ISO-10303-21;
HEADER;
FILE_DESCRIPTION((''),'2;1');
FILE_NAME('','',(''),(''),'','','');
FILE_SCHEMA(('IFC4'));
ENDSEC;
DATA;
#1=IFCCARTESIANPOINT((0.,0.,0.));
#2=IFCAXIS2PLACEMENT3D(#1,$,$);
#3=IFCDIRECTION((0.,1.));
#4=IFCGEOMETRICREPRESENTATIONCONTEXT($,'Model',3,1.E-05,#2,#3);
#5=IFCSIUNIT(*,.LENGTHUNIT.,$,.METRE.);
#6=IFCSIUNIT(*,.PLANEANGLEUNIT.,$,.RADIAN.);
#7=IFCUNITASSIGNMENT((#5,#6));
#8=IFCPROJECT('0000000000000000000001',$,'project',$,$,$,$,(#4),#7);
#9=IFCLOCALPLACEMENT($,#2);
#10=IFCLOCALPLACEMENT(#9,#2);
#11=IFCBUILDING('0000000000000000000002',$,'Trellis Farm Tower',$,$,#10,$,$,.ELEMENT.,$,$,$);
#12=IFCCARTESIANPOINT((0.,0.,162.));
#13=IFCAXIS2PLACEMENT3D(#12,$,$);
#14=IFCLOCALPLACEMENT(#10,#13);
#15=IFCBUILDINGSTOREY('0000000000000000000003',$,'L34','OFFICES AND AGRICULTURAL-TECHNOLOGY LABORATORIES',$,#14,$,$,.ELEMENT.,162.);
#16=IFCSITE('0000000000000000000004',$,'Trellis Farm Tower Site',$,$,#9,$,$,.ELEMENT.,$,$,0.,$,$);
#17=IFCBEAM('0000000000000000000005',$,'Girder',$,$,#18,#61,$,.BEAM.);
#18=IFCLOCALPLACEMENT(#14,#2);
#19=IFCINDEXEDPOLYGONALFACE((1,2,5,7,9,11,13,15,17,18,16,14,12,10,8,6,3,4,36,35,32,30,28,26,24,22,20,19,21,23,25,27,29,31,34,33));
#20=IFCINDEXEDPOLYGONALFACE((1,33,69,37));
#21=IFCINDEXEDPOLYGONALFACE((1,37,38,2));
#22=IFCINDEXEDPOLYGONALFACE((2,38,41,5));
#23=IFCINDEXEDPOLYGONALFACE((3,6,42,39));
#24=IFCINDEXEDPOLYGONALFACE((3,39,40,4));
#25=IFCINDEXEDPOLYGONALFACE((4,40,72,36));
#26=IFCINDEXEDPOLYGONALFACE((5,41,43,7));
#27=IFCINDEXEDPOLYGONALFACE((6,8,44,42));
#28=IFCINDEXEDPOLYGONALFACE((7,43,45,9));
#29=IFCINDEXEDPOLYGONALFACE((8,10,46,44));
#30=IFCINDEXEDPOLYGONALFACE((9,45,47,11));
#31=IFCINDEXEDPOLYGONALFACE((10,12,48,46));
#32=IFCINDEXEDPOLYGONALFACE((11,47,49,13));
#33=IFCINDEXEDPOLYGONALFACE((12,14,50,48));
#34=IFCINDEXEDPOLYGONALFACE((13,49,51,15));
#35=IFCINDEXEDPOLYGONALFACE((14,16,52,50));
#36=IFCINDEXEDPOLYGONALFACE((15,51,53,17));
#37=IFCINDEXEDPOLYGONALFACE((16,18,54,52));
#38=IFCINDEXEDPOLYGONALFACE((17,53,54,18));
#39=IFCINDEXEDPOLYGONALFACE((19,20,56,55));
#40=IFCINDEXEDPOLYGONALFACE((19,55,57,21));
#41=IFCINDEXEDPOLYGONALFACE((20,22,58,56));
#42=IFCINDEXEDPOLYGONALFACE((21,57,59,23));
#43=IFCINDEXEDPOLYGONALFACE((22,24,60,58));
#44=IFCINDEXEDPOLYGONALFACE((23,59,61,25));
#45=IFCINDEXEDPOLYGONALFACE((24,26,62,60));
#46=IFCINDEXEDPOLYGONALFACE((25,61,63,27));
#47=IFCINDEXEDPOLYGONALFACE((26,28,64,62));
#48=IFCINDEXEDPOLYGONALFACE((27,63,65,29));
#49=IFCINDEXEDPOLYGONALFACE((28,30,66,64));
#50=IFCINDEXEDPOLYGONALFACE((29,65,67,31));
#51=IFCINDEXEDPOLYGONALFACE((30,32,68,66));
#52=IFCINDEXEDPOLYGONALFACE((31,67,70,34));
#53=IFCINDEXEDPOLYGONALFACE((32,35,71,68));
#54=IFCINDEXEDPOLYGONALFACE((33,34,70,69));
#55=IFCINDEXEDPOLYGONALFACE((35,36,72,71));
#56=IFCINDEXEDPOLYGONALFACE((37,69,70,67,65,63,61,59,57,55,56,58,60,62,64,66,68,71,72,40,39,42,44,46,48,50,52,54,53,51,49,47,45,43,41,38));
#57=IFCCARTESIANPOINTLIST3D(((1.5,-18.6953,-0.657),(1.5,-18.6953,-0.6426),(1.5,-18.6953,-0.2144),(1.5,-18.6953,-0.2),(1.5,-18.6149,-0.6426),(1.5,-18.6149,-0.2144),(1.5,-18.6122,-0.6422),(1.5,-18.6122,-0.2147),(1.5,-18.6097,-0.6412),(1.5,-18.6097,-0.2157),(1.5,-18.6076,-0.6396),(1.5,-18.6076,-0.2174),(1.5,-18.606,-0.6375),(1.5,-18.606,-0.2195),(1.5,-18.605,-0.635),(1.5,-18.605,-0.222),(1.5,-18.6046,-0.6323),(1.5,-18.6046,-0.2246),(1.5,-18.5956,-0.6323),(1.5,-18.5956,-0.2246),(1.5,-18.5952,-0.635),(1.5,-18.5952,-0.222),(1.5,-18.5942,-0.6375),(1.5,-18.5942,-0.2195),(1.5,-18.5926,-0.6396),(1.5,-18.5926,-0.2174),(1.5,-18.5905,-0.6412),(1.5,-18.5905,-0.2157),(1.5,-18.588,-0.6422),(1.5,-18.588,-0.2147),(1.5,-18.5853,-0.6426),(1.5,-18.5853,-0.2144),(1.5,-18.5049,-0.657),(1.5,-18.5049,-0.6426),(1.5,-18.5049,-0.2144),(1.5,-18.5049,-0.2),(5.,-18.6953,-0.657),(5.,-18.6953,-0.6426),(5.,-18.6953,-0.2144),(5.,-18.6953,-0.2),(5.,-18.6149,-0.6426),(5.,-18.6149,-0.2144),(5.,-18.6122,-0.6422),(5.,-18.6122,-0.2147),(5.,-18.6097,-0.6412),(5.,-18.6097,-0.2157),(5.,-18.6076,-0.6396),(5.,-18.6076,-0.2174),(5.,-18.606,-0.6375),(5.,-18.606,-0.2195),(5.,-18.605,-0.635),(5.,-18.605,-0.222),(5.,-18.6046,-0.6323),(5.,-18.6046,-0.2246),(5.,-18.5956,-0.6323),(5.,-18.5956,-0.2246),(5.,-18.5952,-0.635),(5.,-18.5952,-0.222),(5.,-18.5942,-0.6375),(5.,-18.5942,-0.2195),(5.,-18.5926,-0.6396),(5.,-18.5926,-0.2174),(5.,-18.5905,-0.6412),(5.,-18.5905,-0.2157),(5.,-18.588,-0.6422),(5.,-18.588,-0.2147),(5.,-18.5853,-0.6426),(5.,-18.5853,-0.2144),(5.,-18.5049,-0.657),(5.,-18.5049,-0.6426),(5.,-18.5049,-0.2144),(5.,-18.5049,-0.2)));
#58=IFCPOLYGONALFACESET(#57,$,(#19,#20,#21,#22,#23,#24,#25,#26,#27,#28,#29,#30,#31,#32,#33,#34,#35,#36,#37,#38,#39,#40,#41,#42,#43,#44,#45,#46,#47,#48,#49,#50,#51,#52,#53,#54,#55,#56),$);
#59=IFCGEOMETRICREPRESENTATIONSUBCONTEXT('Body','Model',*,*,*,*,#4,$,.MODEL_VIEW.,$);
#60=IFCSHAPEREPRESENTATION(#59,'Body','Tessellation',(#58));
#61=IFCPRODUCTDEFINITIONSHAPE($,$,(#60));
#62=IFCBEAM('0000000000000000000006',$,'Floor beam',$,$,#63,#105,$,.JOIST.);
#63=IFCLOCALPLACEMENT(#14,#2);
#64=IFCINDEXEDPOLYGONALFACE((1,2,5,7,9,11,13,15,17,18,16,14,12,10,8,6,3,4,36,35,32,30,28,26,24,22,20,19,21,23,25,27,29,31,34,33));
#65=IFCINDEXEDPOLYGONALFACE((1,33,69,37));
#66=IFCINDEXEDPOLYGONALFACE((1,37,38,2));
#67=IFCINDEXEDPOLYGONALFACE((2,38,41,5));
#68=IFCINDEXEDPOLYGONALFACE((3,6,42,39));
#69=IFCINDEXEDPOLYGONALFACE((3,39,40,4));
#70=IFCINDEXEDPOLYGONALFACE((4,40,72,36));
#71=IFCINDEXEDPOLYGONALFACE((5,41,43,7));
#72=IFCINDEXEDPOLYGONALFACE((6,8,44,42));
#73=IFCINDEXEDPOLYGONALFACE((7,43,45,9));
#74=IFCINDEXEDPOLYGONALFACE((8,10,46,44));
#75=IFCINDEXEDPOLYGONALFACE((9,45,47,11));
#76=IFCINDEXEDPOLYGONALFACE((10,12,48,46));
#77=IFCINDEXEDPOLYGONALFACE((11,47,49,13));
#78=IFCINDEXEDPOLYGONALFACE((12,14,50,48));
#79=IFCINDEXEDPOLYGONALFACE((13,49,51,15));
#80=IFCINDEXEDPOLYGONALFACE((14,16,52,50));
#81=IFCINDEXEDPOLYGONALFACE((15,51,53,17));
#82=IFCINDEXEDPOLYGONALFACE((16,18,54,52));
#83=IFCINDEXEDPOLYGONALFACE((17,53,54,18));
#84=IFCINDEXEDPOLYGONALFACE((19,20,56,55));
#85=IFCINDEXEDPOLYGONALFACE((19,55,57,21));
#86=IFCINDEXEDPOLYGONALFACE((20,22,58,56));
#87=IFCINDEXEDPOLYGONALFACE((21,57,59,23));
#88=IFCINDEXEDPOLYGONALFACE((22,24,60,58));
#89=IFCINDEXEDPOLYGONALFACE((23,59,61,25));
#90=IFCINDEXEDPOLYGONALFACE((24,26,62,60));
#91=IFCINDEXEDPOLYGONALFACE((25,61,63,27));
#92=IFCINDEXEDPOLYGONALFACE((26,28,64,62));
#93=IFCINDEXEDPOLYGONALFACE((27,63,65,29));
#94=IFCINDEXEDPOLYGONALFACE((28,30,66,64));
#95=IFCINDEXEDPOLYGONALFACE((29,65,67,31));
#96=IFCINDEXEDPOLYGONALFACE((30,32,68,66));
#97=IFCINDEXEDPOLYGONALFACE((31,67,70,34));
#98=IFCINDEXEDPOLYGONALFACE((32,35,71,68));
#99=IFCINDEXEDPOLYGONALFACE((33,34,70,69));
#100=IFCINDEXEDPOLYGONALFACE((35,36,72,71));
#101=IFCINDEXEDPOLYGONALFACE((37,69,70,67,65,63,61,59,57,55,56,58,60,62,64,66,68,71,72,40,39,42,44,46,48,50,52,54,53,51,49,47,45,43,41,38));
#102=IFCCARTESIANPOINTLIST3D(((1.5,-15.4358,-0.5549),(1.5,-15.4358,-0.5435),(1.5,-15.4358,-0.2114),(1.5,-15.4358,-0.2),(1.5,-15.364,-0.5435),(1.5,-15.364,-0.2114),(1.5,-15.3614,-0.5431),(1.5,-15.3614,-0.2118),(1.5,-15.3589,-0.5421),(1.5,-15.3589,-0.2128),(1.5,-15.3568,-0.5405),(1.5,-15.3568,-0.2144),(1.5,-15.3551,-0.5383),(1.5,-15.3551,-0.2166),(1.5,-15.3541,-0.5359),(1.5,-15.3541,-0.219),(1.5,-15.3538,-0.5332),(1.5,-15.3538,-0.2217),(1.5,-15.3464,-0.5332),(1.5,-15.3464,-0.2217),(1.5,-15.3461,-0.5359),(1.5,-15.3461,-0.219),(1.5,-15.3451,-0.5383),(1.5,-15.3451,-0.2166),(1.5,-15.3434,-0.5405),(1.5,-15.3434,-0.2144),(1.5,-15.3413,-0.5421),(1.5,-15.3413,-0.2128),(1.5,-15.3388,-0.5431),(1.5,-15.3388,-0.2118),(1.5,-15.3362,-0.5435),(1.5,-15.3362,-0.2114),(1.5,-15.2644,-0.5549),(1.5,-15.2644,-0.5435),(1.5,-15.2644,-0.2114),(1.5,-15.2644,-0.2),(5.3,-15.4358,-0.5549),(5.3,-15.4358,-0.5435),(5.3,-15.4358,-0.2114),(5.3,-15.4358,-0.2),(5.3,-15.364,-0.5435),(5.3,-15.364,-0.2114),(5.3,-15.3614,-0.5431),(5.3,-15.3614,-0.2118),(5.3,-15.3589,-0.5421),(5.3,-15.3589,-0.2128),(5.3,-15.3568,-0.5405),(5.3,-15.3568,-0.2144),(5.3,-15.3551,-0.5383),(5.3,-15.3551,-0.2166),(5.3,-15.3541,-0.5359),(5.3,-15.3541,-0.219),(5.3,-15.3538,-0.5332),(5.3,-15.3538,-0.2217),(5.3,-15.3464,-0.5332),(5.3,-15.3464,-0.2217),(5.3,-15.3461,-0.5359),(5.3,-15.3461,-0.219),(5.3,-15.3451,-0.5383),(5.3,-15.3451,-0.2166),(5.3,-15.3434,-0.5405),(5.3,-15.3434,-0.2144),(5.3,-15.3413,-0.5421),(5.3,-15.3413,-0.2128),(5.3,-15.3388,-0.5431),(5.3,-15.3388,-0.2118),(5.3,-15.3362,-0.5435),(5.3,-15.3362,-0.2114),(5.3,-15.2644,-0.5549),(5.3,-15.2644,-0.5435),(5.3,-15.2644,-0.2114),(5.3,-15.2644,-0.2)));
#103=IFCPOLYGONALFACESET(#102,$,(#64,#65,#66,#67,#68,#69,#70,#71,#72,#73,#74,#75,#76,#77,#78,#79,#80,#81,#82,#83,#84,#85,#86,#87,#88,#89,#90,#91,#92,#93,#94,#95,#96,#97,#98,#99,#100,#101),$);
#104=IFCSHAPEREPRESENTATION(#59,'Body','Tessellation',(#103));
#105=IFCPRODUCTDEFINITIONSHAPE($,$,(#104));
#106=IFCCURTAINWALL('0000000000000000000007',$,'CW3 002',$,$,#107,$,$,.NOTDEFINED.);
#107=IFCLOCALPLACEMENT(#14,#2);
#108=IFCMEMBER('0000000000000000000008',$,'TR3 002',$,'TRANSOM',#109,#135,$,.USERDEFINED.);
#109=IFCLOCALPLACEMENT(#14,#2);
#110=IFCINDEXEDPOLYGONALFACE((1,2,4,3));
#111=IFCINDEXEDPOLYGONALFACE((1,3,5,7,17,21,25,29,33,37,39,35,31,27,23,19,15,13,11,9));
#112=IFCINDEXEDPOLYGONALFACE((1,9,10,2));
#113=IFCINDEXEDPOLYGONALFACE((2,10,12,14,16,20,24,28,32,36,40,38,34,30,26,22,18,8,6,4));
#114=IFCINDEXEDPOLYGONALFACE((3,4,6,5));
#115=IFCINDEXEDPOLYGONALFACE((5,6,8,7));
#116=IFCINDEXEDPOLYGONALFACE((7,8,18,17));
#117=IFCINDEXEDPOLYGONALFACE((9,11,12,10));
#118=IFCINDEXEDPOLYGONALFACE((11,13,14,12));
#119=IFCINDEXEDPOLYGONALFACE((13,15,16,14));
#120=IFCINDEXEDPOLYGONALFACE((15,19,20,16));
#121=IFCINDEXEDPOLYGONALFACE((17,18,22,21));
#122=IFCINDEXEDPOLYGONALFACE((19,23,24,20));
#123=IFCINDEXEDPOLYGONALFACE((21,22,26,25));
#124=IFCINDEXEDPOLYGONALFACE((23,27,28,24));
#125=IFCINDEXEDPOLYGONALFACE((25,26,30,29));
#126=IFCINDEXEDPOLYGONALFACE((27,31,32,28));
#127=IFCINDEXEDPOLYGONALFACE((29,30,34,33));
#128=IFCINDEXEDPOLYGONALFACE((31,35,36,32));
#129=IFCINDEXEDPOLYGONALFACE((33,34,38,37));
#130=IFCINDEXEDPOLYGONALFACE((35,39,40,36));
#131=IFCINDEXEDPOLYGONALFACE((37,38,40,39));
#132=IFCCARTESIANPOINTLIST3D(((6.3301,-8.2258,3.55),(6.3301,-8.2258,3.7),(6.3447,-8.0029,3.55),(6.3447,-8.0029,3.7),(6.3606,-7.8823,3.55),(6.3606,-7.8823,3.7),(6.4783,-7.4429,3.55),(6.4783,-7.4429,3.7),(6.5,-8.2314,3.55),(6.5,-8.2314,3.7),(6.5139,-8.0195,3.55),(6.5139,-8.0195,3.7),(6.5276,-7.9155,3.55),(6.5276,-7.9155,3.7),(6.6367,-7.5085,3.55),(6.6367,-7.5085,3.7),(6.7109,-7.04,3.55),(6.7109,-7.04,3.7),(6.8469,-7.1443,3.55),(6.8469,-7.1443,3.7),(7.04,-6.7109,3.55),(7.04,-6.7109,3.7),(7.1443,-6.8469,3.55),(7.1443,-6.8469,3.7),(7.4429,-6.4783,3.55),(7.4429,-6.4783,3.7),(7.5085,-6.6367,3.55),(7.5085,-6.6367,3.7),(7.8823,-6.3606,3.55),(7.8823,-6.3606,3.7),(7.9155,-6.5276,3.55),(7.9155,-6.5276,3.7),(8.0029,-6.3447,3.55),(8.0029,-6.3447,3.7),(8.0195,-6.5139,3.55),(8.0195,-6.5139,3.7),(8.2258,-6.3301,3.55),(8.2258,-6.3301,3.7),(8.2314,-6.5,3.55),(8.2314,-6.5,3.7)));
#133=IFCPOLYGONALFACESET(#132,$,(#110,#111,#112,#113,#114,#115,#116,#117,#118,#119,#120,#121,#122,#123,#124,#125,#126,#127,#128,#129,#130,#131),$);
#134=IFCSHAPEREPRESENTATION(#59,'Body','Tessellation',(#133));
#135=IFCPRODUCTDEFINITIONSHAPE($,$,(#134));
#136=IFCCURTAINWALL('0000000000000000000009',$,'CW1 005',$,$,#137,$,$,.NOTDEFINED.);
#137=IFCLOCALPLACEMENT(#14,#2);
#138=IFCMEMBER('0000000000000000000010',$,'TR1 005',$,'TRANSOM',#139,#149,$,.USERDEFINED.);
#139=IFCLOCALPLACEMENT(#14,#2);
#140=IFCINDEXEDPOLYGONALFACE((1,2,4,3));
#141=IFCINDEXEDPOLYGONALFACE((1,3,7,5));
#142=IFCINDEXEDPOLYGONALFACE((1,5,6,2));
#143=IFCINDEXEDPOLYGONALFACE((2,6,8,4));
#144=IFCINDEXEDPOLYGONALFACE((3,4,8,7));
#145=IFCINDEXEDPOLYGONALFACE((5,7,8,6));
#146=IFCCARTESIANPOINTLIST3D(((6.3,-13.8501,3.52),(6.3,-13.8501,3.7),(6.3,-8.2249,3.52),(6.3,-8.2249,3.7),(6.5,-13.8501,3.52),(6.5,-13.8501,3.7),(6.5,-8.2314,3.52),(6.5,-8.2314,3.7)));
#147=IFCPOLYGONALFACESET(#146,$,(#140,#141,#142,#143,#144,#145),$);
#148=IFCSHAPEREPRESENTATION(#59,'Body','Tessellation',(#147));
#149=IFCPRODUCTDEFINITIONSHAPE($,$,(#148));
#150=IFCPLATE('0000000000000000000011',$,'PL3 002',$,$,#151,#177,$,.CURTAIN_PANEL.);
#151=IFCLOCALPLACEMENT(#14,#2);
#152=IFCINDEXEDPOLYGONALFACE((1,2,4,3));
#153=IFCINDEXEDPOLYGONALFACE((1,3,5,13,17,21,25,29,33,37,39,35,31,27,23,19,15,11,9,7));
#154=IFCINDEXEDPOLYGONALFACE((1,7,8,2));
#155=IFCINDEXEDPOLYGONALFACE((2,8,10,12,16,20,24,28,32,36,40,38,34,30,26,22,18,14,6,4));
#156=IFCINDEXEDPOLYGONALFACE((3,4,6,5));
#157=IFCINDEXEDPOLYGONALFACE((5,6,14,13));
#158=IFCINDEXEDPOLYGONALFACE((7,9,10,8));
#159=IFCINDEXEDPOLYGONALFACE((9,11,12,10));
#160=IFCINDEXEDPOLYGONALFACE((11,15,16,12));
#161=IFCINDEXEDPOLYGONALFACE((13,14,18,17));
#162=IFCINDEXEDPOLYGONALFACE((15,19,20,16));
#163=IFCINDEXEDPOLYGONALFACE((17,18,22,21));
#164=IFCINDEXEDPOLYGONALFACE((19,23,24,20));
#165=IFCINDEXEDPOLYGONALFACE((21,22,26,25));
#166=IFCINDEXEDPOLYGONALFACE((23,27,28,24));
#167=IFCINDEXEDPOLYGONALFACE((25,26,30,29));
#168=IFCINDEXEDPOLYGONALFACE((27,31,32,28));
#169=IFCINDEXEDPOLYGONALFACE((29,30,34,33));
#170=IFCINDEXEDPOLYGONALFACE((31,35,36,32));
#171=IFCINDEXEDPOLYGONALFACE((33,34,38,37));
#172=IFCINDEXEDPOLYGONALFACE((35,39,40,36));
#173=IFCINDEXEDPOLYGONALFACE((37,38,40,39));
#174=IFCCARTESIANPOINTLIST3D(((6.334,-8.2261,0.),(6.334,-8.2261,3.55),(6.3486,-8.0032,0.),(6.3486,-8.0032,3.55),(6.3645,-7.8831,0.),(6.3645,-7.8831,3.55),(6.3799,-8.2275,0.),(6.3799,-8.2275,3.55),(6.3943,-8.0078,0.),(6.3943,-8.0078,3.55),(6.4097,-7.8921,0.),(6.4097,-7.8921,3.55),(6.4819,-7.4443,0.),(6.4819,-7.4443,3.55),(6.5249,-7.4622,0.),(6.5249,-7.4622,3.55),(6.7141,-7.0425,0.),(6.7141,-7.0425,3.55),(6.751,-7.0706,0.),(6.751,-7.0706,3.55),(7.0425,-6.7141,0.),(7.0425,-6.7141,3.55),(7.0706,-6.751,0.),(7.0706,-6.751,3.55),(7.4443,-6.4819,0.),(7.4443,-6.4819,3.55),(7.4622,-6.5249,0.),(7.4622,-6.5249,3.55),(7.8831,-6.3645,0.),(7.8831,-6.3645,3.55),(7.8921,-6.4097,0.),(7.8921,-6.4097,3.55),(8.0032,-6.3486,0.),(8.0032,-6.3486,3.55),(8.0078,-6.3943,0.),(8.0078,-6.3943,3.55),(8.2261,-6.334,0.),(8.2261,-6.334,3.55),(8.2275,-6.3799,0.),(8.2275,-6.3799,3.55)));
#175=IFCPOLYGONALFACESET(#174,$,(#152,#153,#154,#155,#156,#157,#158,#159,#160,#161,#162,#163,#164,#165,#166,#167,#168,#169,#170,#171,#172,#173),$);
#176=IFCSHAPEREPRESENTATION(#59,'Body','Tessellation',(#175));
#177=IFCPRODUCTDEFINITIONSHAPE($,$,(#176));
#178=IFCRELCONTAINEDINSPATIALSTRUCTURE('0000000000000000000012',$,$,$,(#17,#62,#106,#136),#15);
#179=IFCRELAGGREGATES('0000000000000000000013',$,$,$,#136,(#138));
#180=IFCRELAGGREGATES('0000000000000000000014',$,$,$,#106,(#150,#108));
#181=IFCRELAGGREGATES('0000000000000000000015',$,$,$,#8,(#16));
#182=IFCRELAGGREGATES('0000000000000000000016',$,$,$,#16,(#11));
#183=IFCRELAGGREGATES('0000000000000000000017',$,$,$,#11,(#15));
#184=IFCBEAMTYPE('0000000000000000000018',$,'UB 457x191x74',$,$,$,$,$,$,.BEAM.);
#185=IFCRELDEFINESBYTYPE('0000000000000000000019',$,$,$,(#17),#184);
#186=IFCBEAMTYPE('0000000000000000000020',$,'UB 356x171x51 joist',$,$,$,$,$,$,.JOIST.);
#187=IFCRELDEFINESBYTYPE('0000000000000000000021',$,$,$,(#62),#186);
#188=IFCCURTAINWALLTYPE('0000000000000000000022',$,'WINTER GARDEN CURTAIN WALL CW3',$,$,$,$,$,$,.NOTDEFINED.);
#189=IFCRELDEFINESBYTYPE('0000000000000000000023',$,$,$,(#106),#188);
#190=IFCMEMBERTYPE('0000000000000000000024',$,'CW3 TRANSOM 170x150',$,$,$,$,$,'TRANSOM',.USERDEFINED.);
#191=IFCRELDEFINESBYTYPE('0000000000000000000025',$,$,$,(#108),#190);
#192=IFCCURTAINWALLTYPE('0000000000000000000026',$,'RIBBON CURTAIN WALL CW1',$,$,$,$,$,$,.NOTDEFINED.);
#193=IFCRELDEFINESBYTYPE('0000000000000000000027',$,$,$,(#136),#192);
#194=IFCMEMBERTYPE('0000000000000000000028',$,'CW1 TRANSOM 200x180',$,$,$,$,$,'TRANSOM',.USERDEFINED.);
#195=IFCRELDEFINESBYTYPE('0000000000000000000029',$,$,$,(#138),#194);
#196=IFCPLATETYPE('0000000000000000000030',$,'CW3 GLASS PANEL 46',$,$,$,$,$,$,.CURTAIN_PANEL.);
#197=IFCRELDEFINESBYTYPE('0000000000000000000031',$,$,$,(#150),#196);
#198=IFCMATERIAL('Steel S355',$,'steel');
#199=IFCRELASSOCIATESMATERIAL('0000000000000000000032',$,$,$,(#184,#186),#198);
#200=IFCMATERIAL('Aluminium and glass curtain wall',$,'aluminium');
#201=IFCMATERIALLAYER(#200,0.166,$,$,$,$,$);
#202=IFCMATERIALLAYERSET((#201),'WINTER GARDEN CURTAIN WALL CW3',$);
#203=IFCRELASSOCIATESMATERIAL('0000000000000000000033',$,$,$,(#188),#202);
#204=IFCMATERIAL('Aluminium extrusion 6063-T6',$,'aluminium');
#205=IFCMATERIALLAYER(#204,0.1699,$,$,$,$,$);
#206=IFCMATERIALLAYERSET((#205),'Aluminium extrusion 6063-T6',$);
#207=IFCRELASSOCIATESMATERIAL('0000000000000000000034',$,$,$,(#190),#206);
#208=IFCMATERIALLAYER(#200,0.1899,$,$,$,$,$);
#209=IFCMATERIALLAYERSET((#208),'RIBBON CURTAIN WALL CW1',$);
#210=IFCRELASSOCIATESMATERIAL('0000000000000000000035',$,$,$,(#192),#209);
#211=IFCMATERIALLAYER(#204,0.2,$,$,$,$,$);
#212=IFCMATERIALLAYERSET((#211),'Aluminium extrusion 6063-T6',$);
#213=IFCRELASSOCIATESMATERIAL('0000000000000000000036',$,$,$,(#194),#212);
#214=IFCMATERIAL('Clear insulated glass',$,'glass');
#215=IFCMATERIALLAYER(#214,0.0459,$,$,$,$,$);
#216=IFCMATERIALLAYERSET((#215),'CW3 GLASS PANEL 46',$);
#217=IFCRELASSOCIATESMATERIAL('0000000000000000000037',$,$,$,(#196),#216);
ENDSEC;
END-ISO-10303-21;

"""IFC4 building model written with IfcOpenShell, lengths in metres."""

from ifc_helpers import new_model, si_unit, direction, frame, origin, origin_2d, place, context, subcontext, project, spatial, polyline, i_section, outline, extrude, source, transform, mapped, material, layer, layer_set, material_profile, profile_set, type_object, element, aggregate, save


model = new_model("IFC4")

# Units and contexts
model_context = context("Model", 3, precision=1e-05, world=origin(), true_north=direction((0.0, 1.0)))
body_context = subcontext(model_context, "Body", "Model", "MODEL_VIEW")
ifc_project = project(units=[si_unit("LENGTHUNIT", "METRE"), si_unit("PLANEANGLEUNIT", "RADIAN")], contexts=[model_context])

# Site, building, storey
site_placement = place(None, origin())
site = spatial("IfcSite", under=ifc_project, at=site_placement, Name="Trellis Farm Tower Site", CompositionType="ELEMENT", RefElevation=0.0)
building_placement = place(site_placement, origin())
building = spatial("IfcBuilding", under=site, at=building_placement, Name="Trellis Farm Tower", CompositionType="ELEMENT")
storey_placement = place(building_placement, frame((0.0, 0.0, 162.0)))
storey = spatial("IfcBuildingStorey", under=building, at=storey_placement, Name="L34", Description="OFFICES AND AGRICULTURAL-TECHNOLOGY LABORATORIES", CompositionType="ELEMENT", Elevation=162.0)

# Beams
ifc_material_1 = material(Name="Steel S355", Category="steel")
ifc_material_profile_1 = material_profile(ifc_material_1, i_section(OverallWidth=0.1904, OverallDepth=0.457, WebThickness=0.009, FlangeThickness=0.0144, FilletRadius=0.0103, at=origin_2d()), Name="UB 457x191x74")
ifc_profile_set_1 = profile_set([ifc_material_profile_1], Name="Steel S355")
beam_type_1 = type_object("IfcBeamType", Name="UB 457x191x74", PredefinedType="BEAM", material=ifc_profile_set_1)
shared_shape_1 = source(origin(), body_context, "Body", "SweptSolid", [
    extrude(i_section(OverallWidth=0.1904, OverallDepth=0.457, WebThickness=0.009, FlangeThickness=0.0144, FilletRadius=0.0103, at=origin_2d()), origin(), (0.0, 0.0, 1.0), 3.5),
])
beam_1_placement = place(storey_placement, frame((1.5, -18.6001, -0.4285), z_axis=(1.0, 0.0, 0.0), x_axis=(0.0, 1.0, 0.0)))
element("IfcBeam", 1, at=beam_1_placement, inside=storey, type_object=beam_type_1, Name="Girder", PredefinedType="BEAM", context=body_context, shape_type="MappedRepresentation", body=[
    mapped(shared_shape_1, transform((0.0, 0.0, 0.0))),
])
ifc_material_profile_2 = material_profile(ifc_material_1, i_section(OverallWidth=0.1714, OverallDepth=0.355, WebThickness=0.0073, FlangeThickness=0.0115, FilletRadius=0.0103, at=origin_2d()), Name="UB 356x171x51")
ifc_profile_set_2 = profile_set([ifc_material_profile_2], Name="Steel S355")
beam_type_2 = type_object("IfcBeamType", Name="UB 356x171x51 joist", PredefinedType="JOIST", material=ifc_profile_set_2)
shared_shape_2 = source(origin(), body_context, "Body", "SweptSolid", [
    extrude(i_section(OverallWidth=0.1714, OverallDepth=0.355, WebThickness=0.0073, FlangeThickness=0.0115, FilletRadius=0.0103, at=origin_2d()), origin(), (0.0, 0.0, 1.0), 3.8),
])
beam_2_placement = place(storey_placement, frame((1.5, -15.3501, -0.3774), z_axis=(1.0, 0.0, 0.0), x_axis=(0.0, 1.0, 0.0)))
element("IfcBeam", 2, at=beam_2_placement, inside=storey, type_object=beam_type_2, Name="Floor beam", PredefinedType="JOIST", context=body_context, shape_type="MappedRepresentation", body=[
    mapped(shared_shape_2, transform((0.0, 0.0, 0.0))),
])

# Curtain walls, members
ifc_material_2 = material(Name="Aluminium and glass curtain wall", Category="aluminium")
ifc_layer_1 = layer(ifc_material_2, 0.166)
ifc_layer_set_1 = layer_set([ifc_layer_1], Name="WINTER GARDEN CURTAIN WALL CW3")
curtain_wall_type_1 = type_object("IfcCurtainWallType", Name="WINTER GARDEN CURTAIN WALL CW3", PredefinedType="NOTDEFINED", material=ifc_layer_set_1)
placement_1 = place(storey_placement, origin())
curtain_wall_1 = element("IfcCurtainWall", 3, at=placement_1, inside=storey, type_object=curtain_wall_type_1, Name="CW3 002", PredefinedType="NOTDEFINED")
ifc_material_3 = material(Name="Aluminium extrusion 6063-T6", Category="aluminium")
ifc_layer_2 = layer(ifc_material_3, 0.1699)
ifc_layer_set_2 = layer_set([ifc_layer_2], Name="Aluminium extrusion 6063-T6")
member_type_1 = type_object("IfcMemberType", Name="CW3 TRANSOM 170x150", ElementType="TRANSOM", PredefinedType="USERDEFINED", material=ifc_layer_set_2)
shared_shape_3 = source(origin(), body_context, "Body", "SweptSolid", [
    extrude(outline(polyline([(6.5, -8.2314), (6.5139, -8.0195), (6.5276, -7.9155), (6.6367, -7.5085), (6.8469, -7.1443), (7.1443, -6.8469), (7.5085, -6.6367), (7.9155, -6.5276), (8.0195, -6.5139), (8.2314, -6.5), (8.2258, -6.3301), (8.0029, -6.3447), (7.8823, -6.3606), (7.4429, -6.4783), (7.04, -6.7109), (6.7109, -7.04), (6.4783, -7.4429), (6.3606, -7.8823), (6.3447, -8.0029), (6.3301, -8.2258), (6.5, -8.2314)])), origin(), (0.0, 0.0, 1.0), 0.1499),
])
member_1_placement = place(storey_placement, frame((0.0, 0.0, 3.55)))
member_1 = element("IfcMember", 4, at=member_1_placement, type_object=member_type_1, Name="TR3 002", ObjectType="TRANSOM", PredefinedType="USERDEFINED", context=body_context, shape_type="MappedRepresentation", body=[
    mapped(shared_shape_3, transform((0.0, 0.0, 0.0))),
])
ifc_layer_3 = layer(ifc_material_2, 0.1899)
ifc_layer_set_3 = layer_set([ifc_layer_3], Name="RIBBON CURTAIN WALL CW1")
curtain_wall_type_2 = type_object("IfcCurtainWallType", Name="RIBBON CURTAIN WALL CW1", PredefinedType="NOTDEFINED", material=ifc_layer_set_3)
curtain_wall_2 = element("IfcCurtainWall", 5, at=placement_1, inside=storey, type_object=curtain_wall_type_2, Name="CW1 005", PredefinedType="NOTDEFINED")
ifc_layer_4 = layer(ifc_material_3, 0.2)
ifc_layer_set_4 = layer_set([ifc_layer_4], Name="Aluminium extrusion 6063-T6")
member_type_2 = type_object("IfcMemberType", Name="CW1 TRANSOM 200x180", ElementType="TRANSOM", PredefinedType="USERDEFINED", material=ifc_layer_set_4)
shared_shape_4 = source(origin(), body_context, "Body", "SweptSolid", [
    extrude(outline(polyline([(6.5, -13.8501), (6.5, -8.2314), (6.3, -8.2249), (6.3, -13.8501), (6.5, -13.8501)])), origin(), (0.0, 0.0, 1.0), 0.1799),
])
member_2_placement = place(storey_placement, frame((0.0, 0.0, 3.52)))
member_2 = element("IfcMember", 6, at=member_2_placement, type_object=member_type_2, Name="TR1 005", ObjectType="TRANSOM", PredefinedType="USERDEFINED", context=body_context, shape_type="MappedRepresentation", body=[
    mapped(shared_shape_4, transform((0.0, 0.0, 0.0))),
])
aggregate(curtain_wall_2, [member_2])

# Plate
ifc_material_4 = material(Name="Clear insulated glass", Category="glass")
ifc_layer_5 = layer(ifc_material_4, 0.0459)
ifc_layer_set_5 = layer_set([ifc_layer_5], Name="CW3 GLASS PANEL 46")
plate_type_1 = type_object("IfcPlateType", Name="CW3 GLASS PANEL 46", PredefinedType="CURTAIN_PANEL", material=ifc_layer_set_5)
shared_shape_5 = source(origin(), body_context, "Body", "SweptSolid", [
    extrude(outline(polyline([(6.3799, -8.2275), (6.3943, -8.0078), (6.4097, -7.8921), (6.5249, -7.4622), (6.751, -7.0706), (7.0706, -6.751), (7.4622, -6.5249), (7.8921, -6.4097), (8.0078, -6.3943), (8.2275, -6.3799), (8.2261, -6.334), (8.0032, -6.3486), (7.8831, -6.3645), (7.4443, -6.4819), (7.0425, -6.7141), (6.7141, -7.0425), (6.4819, -7.4443), (6.3645, -7.8831), (6.3486, -8.0032), (6.334, -8.2261), (6.3799, -8.2275)])), origin(), (0.0, 0.0, 1.0), 3.55),
])
plate_1 = element("IfcPlate", 7, at=placement_1, type_object=plate_type_1, Name="PL3 002", PredefinedType="CURTAIN_PANEL", context=body_context, shape_type="MappedRepresentation", body=[
    mapped(shared_shape_5, transform((0.0, 0.0, 0.0))),
])
aggregate(curtain_wall_1, [plate_1, member_1])

save(model, "model.ifc")
